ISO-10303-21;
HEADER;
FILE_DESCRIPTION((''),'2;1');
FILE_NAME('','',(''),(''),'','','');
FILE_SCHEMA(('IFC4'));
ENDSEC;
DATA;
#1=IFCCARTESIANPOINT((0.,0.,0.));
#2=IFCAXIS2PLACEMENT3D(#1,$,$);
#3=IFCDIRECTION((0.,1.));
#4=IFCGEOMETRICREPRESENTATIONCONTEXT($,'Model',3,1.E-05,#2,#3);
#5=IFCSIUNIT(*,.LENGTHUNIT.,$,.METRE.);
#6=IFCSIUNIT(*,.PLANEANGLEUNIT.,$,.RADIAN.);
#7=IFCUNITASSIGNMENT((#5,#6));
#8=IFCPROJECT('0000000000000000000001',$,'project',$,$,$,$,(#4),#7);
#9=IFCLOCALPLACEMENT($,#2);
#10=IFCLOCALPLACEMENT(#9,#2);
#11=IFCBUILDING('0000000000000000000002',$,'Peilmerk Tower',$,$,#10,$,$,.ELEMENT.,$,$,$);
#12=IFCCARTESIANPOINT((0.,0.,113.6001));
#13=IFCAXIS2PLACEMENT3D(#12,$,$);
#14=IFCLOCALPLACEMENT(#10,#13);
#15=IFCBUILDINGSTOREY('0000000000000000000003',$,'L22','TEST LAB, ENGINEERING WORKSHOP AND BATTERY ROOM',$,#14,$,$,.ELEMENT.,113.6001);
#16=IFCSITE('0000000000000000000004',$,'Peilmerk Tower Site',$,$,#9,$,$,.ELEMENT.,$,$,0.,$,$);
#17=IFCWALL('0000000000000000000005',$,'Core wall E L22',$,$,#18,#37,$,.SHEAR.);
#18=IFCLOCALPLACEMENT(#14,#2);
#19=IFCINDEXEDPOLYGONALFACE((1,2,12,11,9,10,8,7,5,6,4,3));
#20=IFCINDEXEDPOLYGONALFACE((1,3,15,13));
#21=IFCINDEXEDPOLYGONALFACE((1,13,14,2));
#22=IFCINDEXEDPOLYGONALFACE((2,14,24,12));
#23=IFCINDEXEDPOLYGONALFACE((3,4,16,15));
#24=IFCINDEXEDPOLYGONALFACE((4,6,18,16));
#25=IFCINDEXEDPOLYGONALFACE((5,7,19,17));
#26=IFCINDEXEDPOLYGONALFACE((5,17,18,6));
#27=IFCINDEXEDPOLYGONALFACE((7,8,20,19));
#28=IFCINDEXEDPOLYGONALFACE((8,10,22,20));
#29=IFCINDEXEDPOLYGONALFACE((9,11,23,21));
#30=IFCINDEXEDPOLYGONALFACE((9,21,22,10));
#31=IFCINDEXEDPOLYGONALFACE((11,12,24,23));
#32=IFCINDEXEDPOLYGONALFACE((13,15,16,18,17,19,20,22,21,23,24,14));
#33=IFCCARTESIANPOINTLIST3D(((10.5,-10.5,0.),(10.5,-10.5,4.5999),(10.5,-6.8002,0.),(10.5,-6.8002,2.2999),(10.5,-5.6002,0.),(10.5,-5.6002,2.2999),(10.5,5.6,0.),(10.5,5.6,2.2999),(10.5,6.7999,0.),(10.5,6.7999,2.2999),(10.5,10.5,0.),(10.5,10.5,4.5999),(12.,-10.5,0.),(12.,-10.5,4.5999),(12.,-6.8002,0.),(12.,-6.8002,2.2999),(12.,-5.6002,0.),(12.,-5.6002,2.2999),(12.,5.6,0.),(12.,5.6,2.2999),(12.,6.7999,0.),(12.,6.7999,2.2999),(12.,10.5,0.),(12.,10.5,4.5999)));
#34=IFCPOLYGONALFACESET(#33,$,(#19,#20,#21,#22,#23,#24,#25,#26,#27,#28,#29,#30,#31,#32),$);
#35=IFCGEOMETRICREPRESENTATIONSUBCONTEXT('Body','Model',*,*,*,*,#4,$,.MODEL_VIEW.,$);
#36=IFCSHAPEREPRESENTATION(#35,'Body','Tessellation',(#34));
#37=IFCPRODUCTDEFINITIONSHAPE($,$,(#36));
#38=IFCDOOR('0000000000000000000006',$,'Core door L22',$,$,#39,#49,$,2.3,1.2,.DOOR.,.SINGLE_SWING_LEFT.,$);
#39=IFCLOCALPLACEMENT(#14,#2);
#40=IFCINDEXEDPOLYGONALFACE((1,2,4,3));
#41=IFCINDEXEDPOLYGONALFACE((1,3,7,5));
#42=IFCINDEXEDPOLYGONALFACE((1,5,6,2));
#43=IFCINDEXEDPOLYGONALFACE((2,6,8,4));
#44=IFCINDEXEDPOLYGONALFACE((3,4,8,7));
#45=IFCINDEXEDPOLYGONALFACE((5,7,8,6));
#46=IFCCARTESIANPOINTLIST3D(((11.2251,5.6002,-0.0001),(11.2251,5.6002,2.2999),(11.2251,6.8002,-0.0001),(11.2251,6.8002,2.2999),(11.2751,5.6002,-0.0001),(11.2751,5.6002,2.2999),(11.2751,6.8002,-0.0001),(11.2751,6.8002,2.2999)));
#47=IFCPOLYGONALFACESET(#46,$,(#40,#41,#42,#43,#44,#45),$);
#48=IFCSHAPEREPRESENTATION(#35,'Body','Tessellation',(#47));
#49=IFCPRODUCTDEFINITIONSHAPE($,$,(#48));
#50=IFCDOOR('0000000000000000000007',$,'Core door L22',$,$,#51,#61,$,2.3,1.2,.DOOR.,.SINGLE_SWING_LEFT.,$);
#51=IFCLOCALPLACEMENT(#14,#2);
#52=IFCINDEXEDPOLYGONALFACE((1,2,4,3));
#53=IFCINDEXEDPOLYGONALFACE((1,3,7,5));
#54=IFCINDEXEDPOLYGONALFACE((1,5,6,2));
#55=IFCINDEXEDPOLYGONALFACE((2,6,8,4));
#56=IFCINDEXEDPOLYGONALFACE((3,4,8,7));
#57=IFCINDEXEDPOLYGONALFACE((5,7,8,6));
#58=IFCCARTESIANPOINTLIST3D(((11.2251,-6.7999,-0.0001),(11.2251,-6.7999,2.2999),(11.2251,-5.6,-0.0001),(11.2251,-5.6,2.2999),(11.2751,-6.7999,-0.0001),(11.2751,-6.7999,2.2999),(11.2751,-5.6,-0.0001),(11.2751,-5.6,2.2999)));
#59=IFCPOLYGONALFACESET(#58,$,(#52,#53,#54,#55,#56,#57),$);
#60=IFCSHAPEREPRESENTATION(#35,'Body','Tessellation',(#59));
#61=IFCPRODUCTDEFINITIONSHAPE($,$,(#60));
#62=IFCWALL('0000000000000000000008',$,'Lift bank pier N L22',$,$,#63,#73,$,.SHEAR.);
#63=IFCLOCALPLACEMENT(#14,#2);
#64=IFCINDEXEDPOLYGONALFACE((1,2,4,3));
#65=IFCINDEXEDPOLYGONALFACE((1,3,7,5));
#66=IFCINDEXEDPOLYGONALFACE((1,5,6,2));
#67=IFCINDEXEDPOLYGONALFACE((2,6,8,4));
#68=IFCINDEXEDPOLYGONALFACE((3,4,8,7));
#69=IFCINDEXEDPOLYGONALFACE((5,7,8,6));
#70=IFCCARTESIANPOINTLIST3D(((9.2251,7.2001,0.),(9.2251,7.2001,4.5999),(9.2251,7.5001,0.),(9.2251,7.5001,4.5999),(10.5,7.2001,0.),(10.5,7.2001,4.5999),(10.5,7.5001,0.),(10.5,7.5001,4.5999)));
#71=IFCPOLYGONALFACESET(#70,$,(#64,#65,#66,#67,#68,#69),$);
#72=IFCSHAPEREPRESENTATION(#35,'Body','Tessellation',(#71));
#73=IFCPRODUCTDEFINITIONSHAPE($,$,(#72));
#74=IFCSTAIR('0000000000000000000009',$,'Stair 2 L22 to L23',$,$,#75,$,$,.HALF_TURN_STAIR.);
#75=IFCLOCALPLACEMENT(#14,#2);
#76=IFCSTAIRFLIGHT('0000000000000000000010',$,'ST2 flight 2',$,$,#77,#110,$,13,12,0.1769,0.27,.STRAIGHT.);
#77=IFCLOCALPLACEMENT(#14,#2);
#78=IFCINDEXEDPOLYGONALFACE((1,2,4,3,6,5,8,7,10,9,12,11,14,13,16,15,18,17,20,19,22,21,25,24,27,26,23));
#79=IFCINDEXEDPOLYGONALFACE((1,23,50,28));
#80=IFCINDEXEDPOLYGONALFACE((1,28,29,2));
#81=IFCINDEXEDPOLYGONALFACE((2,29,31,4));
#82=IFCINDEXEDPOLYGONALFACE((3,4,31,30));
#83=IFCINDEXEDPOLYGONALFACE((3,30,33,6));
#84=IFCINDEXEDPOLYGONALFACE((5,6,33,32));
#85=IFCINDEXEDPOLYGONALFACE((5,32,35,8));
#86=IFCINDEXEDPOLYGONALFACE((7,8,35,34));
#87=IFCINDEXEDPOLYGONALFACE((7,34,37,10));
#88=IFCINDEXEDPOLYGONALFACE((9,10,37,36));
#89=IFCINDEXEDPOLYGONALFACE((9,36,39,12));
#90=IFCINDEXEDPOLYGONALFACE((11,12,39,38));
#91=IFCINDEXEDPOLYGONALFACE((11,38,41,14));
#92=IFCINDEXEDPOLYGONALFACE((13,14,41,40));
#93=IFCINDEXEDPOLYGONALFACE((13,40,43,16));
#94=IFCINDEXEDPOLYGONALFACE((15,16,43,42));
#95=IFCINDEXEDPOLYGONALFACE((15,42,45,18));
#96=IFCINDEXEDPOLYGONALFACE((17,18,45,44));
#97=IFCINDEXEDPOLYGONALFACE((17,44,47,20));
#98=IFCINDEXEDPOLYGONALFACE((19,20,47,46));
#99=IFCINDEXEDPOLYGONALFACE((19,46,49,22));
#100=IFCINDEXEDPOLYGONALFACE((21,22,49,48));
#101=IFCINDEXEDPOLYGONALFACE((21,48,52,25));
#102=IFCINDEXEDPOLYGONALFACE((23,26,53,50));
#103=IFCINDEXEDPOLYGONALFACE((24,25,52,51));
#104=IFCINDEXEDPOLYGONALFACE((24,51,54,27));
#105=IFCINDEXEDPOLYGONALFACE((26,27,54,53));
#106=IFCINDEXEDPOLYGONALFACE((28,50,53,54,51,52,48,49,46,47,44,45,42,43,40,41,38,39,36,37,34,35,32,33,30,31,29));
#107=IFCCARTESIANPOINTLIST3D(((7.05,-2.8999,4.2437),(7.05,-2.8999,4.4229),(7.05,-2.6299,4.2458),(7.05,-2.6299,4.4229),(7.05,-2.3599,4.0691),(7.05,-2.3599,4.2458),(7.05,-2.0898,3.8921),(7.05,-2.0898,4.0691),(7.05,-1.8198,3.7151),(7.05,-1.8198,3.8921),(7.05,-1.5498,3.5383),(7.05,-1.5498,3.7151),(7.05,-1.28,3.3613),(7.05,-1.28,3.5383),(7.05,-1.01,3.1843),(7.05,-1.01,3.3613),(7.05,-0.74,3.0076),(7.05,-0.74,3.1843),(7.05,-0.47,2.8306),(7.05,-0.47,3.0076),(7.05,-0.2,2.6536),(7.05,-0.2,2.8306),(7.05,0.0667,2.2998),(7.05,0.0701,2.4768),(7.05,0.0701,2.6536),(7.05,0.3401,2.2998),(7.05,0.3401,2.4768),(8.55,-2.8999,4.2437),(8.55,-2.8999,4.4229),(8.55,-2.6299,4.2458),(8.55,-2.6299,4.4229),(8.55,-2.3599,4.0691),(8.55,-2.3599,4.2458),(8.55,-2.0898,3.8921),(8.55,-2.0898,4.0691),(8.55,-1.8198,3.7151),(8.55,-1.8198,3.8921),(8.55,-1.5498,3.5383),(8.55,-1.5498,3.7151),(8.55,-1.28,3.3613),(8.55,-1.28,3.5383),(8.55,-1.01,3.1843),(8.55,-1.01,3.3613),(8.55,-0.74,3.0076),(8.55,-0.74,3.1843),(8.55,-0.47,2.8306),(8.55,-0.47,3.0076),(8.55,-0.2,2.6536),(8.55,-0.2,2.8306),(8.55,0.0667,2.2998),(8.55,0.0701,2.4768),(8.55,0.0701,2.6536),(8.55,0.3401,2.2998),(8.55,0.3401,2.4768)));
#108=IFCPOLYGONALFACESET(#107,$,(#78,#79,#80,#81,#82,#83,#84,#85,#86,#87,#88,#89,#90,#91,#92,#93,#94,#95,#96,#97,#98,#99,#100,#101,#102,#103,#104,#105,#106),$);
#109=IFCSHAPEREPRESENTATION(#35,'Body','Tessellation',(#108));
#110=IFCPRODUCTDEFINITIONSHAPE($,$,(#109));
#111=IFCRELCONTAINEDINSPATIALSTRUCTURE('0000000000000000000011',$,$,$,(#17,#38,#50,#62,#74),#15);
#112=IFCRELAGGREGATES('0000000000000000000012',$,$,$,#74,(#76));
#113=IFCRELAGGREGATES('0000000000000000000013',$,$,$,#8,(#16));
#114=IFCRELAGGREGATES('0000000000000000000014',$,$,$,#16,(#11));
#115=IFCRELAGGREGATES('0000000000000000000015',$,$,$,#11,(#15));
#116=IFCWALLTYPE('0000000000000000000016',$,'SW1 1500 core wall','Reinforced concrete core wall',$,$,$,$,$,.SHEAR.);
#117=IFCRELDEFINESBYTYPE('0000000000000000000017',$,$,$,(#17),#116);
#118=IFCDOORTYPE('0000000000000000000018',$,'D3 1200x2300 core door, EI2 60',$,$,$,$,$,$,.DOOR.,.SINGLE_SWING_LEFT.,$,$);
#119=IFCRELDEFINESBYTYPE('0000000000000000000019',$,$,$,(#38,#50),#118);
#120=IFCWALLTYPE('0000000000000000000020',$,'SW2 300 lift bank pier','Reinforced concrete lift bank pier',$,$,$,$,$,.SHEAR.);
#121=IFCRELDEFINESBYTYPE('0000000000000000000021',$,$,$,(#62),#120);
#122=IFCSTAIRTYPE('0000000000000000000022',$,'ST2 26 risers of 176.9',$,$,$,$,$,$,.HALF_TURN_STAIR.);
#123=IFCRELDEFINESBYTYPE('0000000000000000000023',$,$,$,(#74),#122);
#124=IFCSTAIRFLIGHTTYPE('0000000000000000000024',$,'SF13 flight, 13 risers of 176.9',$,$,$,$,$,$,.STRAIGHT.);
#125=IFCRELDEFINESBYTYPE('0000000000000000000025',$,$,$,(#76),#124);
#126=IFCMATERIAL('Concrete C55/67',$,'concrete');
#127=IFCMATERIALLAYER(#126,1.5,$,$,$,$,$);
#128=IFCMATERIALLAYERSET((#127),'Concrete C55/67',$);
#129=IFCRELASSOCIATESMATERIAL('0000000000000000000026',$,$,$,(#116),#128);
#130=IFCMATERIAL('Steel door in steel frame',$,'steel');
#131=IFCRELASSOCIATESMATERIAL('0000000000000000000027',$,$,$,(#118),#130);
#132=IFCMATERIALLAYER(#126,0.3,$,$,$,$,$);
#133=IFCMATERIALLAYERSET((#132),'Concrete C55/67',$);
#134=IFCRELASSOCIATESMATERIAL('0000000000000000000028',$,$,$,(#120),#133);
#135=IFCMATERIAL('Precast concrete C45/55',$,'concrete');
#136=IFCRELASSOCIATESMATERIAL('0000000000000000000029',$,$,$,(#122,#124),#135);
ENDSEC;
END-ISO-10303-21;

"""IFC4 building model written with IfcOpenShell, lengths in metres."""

from ifc_helpers import new_model, si_unit, direction, frame, frame_2d, origin, place, context, subcontext, project, spatial, polyline, rectangle, outline, extrude, material, layer, layer_set, type_object, element, fill, aggregate, save


model = new_model("IFC4")

# Units and contexts
model_context = context("Model", 3, precision=1e-05, world=origin(), true_north=direction((0.0, 1.0)))
body_context = subcontext(model_context, "Body", "Model", "MODEL_VIEW")
ifc_project = project(units=[si_unit("LENGTHUNIT", "METRE"), si_unit("PLANEANGLEUNIT", "RADIAN")], contexts=[model_context])

# Site, building, storey
site_placement = place(None, origin())
site = spatial("IfcSite", under=ifc_project, at=site_placement, Name="Peilmerk Tower Site", CompositionType="ELEMENT", RefElevation=0.0)
building_placement = place(site_placement, origin())
building = spatial("IfcBuilding", under=site, at=building_placement, Name="Peilmerk Tower", CompositionType="ELEMENT")
storey_placement = place(building_placement, frame((0.0, 0.0, 113.6001)))
storey = spatial("IfcBuildingStorey", under=building, at=storey_placement, Name="L22", Description="TEST LAB, ENGINEERING WORKSHOP AND BATTERY ROOM", CompositionType="ELEMENT", Elevation=113.6001)

# Wall, openings, doors
ifc_material_1 = material(Name="Concrete C55/67", Category="concrete")
ifc_layer_1 = layer(ifc_material_1, 1.5)
ifc_layer_set_1 = layer_set([ifc_layer_1], Name="Concrete C55/67")
wall_type_1 = type_object("IfcWallType", Name="SW1 1500 core wall", Description="Reinforced concrete core wall", PredefinedType="SHEAR", material=ifc_layer_set_1)
wall_1_placement = place(storey_placement, frame((11.25, 10.5, 0.0), z_axis=(0.0, 0.0, 1.0), x_axis=(0.0, -1.0, 0.0)))
wall_1 = element("IfcWall", 1, at=wall_1_placement, inside=storey, type_object=wall_type_1, Name="Core wall E L22", PredefinedType="SHEAR", context=body_context, shape_type="SweptSolid", body=[
    extrude(rectangle(XDim=21.0, YDim=1.5, at=frame_2d((10.5, 0.0))), origin(), (0.0, 0.0, 1.0), 4.5999),
])
opening_1_placement = place(wall_1_placement, frame((3.7, 0.0, 0.0)))
opening_1 = element("IfcOpeningElement", 2, at=opening_1_placement, cuts=wall_1, PredefinedType="OPENING", context=body_context, shape_type="SweptSolid", body=[
    extrude(rectangle(XDim=1.2, YDim=2.3, at=frame_2d((0.6001, 1.1499))), frame((0.0, 0.76, 0.0), z_axis=(0.0, -1.0, 0.0), x_axis=(1.0, 0.0, 0.0)), (0.0, 0.0, 1.0), 1.52),
])
opening_2_placement = place(wall_1_placement, frame((16.1001, 0.0, 0.0)))
opening_2 = element("IfcOpeningElement", 3, at=opening_2_placement, cuts=wall_1, PredefinedType="OPENING", context=body_context, shape_type="SweptSolid", body=[
    extrude(rectangle(XDim=1.2, YDim=2.3, at=frame_2d((0.6001, 1.1499))), frame((0.0, 0.76, 0.0), z_axis=(0.0, -1.0, 0.0), x_axis=(1.0, 0.0, 0.0)), (0.0, 0.0, 1.0), 1.52),
])
ifc_material_2 = material(Name="Steel door in steel frame", Category="steel")
door_type = type_object("IfcDoorType", Name="D3 1200x2300 core door, EI2 60", OperationType="SINGLE_SWING_LEFT", PredefinedType="DOOR", material=ifc_material_2)
door_1_placement = place(opening_1_placement, frame((1.2, 0.0, 0.0), z_axis=(0.0, 0.0, 1.0), x_axis=(-1.0, 0.0, 0.0)))
door_1 = element("IfcDoor", 4, at=door_1_placement, inside=storey, type_object=door_type, Name="Core door L22", OperationType="SINGLE_SWING_LEFT", OverallHeight=2.3, OverallWidth=1.2, PredefinedType="DOOR", context=body_context, shape_type="SweptSolid", body=[
    extrude(rectangle(XDim=1.2, YDim=2.3, at=frame_2d((0.6001, 1.1499))), frame((0.0, 0.0249, 0.0), z_axis=(0.0, -1.0, 0.0), x_axis=(1.0, 0.0, 0.0)), (0.0, 0.0, 1.0), 0.05),
])
fill(opening_1, door_1)
door_2_placement = place(opening_2_placement, frame((1.2, 0.0, 0.0), z_axis=(0.0, 0.0, 1.0), x_axis=(-1.0, 0.0, 0.0)))
door_2 = element("IfcDoor", 5, at=door_2_placement, inside=storey, type_object=door_type, Name="Core door L22", OperationType="SINGLE_SWING_LEFT", OverallHeight=2.3, OverallWidth=1.2, PredefinedType="DOOR", context=body_context, shape_type="SweptSolid", body=[
    extrude(rectangle(XDim=1.2, YDim=2.3, at=frame_2d((0.6001, 1.1499))), frame((0.0, 0.0249, 0.0), z_axis=(0.0, -1.0, 0.0), x_axis=(1.0, 0.0, 0.0)), (0.0, 0.0, 1.0), 0.05),
])
fill(opening_2, door_2)

# Wall
ifc_layer_2 = layer(ifc_material_1, 0.3)
ifc_layer_set_2 = layer_set([ifc_layer_2], Name="Concrete C55/67")
wall_type_2 = type_object("IfcWallType", Name="SW2 300 lift bank pier", Description="Reinforced concrete lift bank pier", PredefinedType="SHEAR", material=ifc_layer_set_2)
wall_2_placement = place(storey_placement, frame((9.2251, 7.3501, 0.0), z_axis=(0.0, 0.0, 1.0), x_axis=(1.0, 0.0, 0.0)))
element("IfcWall", 6, at=wall_2_placement, inside=storey, type_object=wall_type_2, Name="Lift bank pier N L22", PredefinedType="SHEAR", context=body_context, shape_type="SweptSolid", body=[
    extrude(rectangle(XDim=1.2749, YDim=0.3, at=frame_2d((0.6375, 0.0))), origin(), (0.0, 0.0, 1.0), 4.5999),
])

# Stair, stair flight
ifc_material_3 = material(Name="Precast concrete C45/55", Category="concrete")
stair_type = type_object("IfcStairType", Name="ST2 26 risers of 176.9", PredefinedType="HALF_TURN_STAIR", material=ifc_material_3)
stair_placement = place(storey_placement, origin())
stair = element("IfcStair", 7, at=stair_placement, inside=storey, type_object=stair_type, Name="Stair 2 L22 to L23", PredefinedType="HALF_TURN_STAIR")
stair_flight_type = type_object("IfcStairFlightType", Name="SF13 flight, 13 risers of 176.9", PredefinedType="STRAIGHT", material=ifc_material_3)
stair_flight_placement = place(storey_placement, frame((7.8, 0.3401, 2.2998), z_axis=(0.0, 0.0, 1.0), x_axis=(0.0, -1.0, 0.0)))
stair_flight = element("IfcStairFlight", 8, at=stair_flight_placement, type_object=stair_flight_type, Name="ST2 flight 2", NumberOfRisers=13, NumberOfTreads=12, PredefinedType="STRAIGHT", RiserHeight=0.1769, TreadLength=0.27, context=body_context, shape_type="SweptSolid", body=[
    extrude(outline(polyline([(0.0, 0.0), (0.0, 0.177), (0.27, 0.177), (0.27, 0.3538), (0.54, 0.3538), (0.54, 0.5308), (0.8101, 0.5308), (0.8101, 0.7078), (1.0801, 0.7078), (1.0801, 0.8845), (1.3501, 0.8845), (1.3501, 1.0615), (1.6201, 1.0615), (1.6201, 1.2385), (1.8899, 1.2385), (1.8899, 1.4153), (2.1599, 1.4153), (2.1599, 1.5923), (2.4299, 1.5923), (2.4299, 1.7693), (2.7, 1.7693), (2.7, 1.946), (2.97, 1.946), (2.97, 2.123), (3.24, 2.123), (3.24, 2.3), (3.24, 1.9438), (0.2734, 0.0), (0.0, 0.0)])), frame((0.0, 0.75, 0.0), z_axis=(0.0, -1.0, 0.0), x_axis=(1.0, 0.0, 0.0)), (0.0, 0.0, 1.0), 1.5),
])
aggregate(stair, [stair_flight])

save(model, "model.ifc")
